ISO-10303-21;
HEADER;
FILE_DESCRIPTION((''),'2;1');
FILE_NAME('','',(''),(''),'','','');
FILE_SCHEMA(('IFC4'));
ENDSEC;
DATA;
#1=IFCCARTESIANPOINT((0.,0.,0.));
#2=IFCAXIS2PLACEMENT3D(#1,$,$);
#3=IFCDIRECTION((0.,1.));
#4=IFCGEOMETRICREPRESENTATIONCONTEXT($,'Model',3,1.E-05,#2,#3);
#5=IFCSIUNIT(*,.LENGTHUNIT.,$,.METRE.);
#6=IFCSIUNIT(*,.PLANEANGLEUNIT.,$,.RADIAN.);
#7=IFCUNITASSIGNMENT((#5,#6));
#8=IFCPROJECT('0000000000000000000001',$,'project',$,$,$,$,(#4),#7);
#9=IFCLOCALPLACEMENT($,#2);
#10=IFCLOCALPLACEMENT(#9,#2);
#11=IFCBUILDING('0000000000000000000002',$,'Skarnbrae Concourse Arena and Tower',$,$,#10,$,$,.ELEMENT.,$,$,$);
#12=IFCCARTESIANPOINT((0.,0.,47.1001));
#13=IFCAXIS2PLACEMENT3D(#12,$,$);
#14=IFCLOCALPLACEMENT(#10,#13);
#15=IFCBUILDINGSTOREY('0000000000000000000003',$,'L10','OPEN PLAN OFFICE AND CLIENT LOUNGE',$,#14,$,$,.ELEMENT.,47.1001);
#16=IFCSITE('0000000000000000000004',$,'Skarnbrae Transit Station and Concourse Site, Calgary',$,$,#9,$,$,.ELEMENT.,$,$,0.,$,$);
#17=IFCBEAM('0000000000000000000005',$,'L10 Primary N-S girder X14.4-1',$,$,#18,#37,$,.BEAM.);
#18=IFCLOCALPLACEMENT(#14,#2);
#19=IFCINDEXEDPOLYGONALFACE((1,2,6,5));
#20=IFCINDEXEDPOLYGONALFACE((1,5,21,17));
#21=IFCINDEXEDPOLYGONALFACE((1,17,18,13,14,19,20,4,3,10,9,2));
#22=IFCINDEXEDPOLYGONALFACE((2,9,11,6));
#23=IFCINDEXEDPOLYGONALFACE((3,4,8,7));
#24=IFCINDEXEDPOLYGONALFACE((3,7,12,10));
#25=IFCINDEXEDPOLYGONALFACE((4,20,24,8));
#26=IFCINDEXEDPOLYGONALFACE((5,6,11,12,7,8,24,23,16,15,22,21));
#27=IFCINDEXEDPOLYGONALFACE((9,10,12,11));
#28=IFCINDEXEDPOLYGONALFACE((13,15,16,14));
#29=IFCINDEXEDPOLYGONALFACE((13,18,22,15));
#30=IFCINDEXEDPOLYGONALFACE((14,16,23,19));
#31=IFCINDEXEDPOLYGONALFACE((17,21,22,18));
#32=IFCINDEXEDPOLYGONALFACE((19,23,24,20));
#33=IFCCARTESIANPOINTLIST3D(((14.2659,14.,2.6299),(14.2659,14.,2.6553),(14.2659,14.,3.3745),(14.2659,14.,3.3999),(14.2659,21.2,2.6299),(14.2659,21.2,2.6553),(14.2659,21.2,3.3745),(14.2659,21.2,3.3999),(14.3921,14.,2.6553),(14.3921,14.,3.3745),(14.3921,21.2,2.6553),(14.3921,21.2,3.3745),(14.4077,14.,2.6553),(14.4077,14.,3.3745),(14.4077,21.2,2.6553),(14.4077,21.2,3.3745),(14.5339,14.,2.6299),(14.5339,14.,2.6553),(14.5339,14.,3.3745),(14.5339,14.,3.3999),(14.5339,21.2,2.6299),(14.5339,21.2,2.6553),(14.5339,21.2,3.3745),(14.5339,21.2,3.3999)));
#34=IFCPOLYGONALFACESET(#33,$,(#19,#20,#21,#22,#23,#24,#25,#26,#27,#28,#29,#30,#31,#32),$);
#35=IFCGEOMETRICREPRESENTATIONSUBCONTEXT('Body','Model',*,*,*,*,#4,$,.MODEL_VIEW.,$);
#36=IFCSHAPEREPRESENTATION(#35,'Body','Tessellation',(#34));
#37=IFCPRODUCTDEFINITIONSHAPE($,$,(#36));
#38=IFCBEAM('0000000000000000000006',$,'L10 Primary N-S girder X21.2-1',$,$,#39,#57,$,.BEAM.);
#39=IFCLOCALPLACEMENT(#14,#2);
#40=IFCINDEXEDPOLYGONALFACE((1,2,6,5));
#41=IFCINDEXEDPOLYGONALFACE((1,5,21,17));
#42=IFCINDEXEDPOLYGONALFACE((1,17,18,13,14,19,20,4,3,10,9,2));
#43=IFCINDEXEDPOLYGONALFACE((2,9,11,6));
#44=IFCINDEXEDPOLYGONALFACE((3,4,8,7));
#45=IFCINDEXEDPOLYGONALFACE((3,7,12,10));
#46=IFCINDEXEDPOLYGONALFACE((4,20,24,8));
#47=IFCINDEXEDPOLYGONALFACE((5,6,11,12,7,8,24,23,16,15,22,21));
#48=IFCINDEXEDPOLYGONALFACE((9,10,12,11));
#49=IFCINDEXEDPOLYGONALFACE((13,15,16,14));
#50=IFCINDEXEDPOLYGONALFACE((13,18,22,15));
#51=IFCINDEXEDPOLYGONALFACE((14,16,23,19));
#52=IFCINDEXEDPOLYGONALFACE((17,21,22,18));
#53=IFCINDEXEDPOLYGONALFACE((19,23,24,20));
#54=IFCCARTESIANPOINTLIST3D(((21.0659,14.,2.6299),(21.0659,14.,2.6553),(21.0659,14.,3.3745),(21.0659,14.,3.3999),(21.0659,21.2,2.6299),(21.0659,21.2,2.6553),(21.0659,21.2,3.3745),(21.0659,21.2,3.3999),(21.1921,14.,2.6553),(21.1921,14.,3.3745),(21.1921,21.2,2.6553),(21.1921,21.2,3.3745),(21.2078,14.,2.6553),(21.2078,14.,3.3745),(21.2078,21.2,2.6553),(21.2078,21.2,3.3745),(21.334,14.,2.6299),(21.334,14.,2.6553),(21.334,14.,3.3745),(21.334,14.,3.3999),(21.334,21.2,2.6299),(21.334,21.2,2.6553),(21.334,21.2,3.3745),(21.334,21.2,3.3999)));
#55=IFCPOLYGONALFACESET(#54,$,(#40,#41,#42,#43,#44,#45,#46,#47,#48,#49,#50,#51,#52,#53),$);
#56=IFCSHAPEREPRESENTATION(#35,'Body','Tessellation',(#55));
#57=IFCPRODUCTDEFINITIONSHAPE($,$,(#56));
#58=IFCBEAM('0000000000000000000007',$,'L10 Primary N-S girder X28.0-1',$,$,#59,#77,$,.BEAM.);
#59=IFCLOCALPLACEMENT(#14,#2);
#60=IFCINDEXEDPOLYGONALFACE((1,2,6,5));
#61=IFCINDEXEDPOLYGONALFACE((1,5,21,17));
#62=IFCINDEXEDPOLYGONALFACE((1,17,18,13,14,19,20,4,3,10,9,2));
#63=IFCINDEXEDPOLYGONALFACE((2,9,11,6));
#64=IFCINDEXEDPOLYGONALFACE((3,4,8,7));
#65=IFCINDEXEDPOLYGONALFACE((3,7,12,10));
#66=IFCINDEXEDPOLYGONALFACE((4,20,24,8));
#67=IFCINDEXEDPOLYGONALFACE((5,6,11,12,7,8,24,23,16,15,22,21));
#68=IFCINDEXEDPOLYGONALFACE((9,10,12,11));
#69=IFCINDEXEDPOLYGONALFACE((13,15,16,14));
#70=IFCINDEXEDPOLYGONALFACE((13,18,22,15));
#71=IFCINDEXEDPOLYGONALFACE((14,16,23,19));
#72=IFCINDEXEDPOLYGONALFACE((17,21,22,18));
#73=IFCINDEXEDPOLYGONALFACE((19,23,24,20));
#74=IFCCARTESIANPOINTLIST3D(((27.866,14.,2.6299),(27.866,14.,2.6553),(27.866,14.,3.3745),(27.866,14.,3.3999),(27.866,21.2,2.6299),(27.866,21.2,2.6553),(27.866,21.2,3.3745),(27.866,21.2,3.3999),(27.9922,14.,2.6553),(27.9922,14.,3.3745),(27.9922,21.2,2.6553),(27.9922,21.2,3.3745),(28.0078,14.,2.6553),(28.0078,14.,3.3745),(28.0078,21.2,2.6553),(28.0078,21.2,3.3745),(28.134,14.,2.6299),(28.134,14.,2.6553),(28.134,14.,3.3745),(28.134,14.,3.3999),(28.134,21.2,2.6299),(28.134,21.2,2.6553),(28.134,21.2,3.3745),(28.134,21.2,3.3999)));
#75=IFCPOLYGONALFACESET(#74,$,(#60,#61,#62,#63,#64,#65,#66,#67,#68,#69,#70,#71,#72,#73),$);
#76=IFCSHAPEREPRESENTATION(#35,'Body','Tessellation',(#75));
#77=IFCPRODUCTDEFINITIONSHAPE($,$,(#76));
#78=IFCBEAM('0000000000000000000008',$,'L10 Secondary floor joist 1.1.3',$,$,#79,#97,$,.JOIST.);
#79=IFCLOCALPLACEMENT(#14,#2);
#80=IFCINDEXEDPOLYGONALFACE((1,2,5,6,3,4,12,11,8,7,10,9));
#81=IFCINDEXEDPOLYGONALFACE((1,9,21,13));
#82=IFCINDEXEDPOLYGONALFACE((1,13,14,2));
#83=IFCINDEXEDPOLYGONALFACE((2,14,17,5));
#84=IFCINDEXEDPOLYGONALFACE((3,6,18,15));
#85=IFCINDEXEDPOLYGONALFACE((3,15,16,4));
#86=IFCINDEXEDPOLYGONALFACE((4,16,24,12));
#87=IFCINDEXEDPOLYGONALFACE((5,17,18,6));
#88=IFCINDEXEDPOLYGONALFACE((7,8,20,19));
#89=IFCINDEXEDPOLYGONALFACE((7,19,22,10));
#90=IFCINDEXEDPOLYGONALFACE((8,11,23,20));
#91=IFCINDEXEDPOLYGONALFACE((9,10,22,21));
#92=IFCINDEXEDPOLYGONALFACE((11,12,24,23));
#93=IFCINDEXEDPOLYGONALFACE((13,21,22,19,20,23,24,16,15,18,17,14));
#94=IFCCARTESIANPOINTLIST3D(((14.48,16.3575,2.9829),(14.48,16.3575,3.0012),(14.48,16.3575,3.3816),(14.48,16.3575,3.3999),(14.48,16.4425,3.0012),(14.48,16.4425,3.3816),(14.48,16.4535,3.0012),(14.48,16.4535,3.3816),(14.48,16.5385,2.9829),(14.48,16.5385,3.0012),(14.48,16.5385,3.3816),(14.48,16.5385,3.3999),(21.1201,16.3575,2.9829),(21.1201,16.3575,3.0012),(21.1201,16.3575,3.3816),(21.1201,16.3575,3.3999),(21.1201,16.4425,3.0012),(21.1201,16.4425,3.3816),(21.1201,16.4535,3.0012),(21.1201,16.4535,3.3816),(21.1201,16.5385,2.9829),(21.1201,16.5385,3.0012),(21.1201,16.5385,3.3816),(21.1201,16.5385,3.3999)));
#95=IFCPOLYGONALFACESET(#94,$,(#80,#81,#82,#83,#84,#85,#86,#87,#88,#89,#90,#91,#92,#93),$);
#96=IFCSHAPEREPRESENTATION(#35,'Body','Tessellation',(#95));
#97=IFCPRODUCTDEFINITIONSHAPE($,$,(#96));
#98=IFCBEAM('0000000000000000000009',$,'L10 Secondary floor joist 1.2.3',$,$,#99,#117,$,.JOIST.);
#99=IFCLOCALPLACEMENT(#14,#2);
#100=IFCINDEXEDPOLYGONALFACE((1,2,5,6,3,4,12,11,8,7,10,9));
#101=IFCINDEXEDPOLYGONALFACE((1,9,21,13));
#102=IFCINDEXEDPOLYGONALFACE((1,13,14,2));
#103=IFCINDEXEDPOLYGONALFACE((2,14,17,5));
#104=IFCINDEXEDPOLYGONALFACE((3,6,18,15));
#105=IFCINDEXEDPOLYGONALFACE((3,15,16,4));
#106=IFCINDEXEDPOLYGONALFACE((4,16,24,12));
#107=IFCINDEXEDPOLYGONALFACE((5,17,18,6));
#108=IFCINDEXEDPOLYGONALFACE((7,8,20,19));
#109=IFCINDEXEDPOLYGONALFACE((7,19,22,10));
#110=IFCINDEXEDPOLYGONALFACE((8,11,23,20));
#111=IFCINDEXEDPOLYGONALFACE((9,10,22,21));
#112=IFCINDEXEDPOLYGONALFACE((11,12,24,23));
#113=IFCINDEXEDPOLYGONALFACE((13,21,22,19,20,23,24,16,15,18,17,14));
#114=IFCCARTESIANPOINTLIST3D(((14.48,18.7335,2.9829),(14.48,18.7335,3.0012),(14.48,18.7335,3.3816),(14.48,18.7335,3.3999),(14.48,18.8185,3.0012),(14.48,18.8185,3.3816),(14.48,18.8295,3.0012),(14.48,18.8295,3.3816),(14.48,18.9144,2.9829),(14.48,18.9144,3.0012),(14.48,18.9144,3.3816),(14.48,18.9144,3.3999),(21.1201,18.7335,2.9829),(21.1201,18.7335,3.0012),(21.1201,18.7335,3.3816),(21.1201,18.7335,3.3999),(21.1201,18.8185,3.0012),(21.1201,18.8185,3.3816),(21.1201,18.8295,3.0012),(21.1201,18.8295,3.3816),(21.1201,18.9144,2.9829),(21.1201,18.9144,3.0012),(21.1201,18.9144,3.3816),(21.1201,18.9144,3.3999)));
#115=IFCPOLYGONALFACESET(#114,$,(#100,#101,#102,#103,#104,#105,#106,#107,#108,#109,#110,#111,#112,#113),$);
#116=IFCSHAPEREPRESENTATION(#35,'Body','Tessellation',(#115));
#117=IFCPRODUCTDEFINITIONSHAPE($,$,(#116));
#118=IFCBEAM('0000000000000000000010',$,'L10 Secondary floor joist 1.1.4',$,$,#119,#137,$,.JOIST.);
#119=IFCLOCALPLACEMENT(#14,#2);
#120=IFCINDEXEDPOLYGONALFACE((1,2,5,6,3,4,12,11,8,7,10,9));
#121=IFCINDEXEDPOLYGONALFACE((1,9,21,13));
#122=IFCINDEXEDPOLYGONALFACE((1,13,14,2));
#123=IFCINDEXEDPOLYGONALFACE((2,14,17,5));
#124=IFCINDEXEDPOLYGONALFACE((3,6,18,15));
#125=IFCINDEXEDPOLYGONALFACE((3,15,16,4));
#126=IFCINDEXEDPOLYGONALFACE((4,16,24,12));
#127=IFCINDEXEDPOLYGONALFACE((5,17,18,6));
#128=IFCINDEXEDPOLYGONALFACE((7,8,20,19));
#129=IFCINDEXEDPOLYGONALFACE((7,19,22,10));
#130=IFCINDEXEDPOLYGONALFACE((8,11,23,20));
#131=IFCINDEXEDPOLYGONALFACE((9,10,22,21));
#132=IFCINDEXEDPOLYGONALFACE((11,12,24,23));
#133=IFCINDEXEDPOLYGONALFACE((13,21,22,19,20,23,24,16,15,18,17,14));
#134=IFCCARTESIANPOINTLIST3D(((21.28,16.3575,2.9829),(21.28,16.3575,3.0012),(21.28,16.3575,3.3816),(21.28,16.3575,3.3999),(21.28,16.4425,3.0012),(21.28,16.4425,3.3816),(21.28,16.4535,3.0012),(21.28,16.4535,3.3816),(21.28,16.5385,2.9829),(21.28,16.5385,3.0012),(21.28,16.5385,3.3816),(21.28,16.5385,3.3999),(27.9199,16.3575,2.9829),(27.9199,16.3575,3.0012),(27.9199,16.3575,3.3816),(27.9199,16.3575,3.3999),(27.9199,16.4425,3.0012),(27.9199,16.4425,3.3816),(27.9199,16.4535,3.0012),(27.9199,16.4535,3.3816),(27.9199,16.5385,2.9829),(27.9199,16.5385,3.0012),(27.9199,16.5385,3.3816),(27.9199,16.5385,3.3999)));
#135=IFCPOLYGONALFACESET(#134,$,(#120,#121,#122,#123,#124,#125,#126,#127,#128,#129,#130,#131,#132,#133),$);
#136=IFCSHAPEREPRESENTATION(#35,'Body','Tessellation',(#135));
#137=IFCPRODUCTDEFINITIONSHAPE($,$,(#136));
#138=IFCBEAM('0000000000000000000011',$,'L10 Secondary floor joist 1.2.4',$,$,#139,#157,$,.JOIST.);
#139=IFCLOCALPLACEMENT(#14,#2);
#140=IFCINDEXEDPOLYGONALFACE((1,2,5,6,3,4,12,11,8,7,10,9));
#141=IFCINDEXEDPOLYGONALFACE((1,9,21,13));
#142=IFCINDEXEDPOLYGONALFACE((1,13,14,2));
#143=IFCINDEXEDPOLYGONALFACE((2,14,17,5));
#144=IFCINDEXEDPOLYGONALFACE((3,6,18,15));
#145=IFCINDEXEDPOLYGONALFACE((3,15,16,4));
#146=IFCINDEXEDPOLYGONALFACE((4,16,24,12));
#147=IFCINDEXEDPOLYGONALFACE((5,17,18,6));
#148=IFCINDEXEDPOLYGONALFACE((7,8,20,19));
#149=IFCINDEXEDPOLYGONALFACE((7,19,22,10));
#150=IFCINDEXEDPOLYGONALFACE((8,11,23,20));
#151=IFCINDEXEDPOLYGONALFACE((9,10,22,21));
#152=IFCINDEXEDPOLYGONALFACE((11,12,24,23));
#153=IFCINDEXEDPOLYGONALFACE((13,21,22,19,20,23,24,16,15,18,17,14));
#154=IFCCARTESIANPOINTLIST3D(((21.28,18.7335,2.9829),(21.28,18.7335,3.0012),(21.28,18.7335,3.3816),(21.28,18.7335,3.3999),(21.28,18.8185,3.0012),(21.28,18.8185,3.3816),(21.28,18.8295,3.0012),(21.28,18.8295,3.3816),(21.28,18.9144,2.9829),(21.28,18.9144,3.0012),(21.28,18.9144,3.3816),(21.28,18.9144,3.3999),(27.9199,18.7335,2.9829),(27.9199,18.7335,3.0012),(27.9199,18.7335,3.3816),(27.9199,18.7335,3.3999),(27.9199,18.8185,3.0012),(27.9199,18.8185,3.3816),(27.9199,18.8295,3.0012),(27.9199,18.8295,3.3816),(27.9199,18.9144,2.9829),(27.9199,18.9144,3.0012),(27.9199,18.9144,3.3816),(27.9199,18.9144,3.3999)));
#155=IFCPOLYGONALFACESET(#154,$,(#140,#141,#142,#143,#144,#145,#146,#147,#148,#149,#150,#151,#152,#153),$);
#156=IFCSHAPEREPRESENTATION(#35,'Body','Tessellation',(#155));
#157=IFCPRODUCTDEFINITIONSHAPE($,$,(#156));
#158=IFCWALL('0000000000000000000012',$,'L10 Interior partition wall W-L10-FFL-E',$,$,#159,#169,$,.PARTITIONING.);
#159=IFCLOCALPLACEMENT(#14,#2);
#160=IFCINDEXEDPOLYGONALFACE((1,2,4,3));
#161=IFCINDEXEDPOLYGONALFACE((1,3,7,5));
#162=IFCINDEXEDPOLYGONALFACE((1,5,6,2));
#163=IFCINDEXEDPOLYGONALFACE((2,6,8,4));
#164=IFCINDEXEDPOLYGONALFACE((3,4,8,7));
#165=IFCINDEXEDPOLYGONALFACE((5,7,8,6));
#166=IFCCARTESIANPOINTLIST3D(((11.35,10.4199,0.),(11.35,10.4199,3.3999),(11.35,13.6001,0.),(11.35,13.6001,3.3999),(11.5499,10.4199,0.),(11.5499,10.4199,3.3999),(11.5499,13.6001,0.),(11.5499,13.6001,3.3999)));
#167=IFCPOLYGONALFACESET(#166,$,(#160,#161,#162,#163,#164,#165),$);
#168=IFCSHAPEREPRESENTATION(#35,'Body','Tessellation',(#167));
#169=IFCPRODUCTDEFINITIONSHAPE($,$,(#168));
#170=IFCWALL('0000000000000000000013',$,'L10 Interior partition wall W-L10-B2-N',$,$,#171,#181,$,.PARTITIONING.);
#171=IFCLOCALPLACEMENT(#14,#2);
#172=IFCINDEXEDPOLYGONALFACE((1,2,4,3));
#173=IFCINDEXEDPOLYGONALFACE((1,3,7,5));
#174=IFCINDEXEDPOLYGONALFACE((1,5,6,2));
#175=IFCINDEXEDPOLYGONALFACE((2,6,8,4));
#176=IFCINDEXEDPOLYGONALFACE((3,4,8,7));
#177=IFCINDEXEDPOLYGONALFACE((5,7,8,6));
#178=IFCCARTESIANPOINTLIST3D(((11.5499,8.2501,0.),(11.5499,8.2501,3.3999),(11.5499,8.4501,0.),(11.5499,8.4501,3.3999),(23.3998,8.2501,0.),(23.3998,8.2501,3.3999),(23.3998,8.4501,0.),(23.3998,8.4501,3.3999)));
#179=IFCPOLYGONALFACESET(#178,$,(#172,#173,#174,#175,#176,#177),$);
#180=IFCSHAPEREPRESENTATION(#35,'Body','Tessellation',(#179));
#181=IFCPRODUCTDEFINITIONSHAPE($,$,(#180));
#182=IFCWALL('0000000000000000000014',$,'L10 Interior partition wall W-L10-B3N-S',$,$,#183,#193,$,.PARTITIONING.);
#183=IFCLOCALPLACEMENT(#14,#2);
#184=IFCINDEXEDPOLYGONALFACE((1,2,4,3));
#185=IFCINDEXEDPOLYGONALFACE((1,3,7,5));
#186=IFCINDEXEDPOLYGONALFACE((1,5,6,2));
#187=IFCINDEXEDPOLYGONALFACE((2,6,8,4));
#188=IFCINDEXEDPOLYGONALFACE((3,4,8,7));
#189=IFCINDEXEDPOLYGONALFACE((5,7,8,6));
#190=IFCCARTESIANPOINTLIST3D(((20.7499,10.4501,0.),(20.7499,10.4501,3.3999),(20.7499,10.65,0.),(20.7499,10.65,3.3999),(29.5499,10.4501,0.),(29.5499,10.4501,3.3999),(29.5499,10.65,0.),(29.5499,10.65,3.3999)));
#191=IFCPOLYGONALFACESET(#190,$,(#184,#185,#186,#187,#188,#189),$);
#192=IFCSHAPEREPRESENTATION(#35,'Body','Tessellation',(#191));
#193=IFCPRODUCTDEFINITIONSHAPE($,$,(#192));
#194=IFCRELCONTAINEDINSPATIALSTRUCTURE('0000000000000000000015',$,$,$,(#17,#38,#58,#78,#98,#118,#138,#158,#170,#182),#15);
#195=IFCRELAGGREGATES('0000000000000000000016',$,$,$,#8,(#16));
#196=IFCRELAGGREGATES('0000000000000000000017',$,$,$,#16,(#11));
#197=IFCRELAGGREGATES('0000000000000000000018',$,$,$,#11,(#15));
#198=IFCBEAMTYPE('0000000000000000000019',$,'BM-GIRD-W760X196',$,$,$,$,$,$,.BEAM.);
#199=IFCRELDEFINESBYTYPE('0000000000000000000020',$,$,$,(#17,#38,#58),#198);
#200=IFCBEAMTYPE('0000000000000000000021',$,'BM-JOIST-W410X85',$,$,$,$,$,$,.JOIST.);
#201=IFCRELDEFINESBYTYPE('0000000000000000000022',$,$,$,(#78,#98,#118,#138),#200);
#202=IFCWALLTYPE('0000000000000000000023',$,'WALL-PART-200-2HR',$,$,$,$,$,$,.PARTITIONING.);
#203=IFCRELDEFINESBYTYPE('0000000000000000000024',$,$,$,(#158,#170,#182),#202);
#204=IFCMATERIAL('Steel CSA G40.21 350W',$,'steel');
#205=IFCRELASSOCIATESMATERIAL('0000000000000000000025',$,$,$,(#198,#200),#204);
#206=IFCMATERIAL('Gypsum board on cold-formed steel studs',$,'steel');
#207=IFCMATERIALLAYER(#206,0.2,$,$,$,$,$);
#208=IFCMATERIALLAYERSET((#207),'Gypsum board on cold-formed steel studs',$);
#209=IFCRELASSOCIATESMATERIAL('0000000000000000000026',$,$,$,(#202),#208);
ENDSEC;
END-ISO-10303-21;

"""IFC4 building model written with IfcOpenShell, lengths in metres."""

from ifc_helpers import new_model, si_unit, direction, frame, frame_2d, origin, origin_2d, place, context, subcontext, project, spatial, rectangle, i_section, extrude, source, transform, mapped, material, layer, layer_set, material_profile, profile_set, type_object, element, save


model = new_model("IFC4")

# Units and contexts
model_context = context("Model", 3, precision=1e-05, world=origin(), true_north=direction((0.0, 1.0)))
body_context = subcontext(model_context, "Body", "Model", "MODEL_VIEW")
ifc_project = project(units=[si_unit("LENGTHUNIT", "METRE"), si_unit("PLANEANGLEUNIT", "RADIAN")], contexts=[model_context])

# Site, building, storey
site_placement = place(None, origin())
site = spatial("IfcSite", under=ifc_project, at=site_placement, Name="Skarnbrae Transit Station and Concourse Site, Calgary", CompositionType="ELEMENT", RefElevation=0.0)
building_placement = place(site_placement, origin())
building = spatial("IfcBuilding", under=site, at=building_placement, Name="Skarnbrae Concourse Arena and Tower", CompositionType="ELEMENT")
storey_placement = place(building_placement, frame((0.0, 0.0, 47.1001)))
storey = spatial("IfcBuildingStorey", under=building, at=storey_placement, Name="L10", Description="OPEN PLAN OFFICE AND CLIENT LOUNGE", CompositionType="ELEMENT", Elevation=47.1001)

# Shared definitions
ifc_material_1 = material(Name="Steel CSA G40.21 350W", Category="steel")

# Beams
ifc_material_profile_1 = material_profile(ifc_material_1, i_section(OverallWidth=0.2681, OverallDepth=0.77, WebThickness=0.0156, FlangeThickness=0.0254, at=origin_2d()), Name="W760X196")
ifc_profile_set_1 = profile_set([ifc_material_profile_1], Name="Steel CSA G40.21 350W")
beam_type_1 = type_object("IfcBeamType", Name="BM-GIRD-W760X196", PredefinedType="BEAM", material=ifc_profile_set_1)
shared_shape_1 = source(origin(), body_context, "Body", "SweptSolid", [
    extrude(i_section(OverallWidth=0.2681, OverallDepth=0.77, WebThickness=0.0156, FlangeThickness=0.0254, at=origin_2d()), origin(), (0.0, 0.0, 1.0), 7.2),
])
for number, where, z_axis, x_axis, name in (
    (1, (14.3999, 14.0, 3.0149), (0.0, 1.0, 0.0), (-1.0, 0.0, 0.0), "L10 Primary N-S girder X14.4-1"),
    (2, (21.2, 14.0, 3.0149), (0.0, 1.0, 0.0), (-1.0, 0.0, 0.0), "L10 Primary N-S girder X21.2-1"),
    (3, (28.0, 14.0, 3.0149), (0.0, 1.0, 0.0), (-1.0, 0.0, 0.0), "L10 Primary N-S girder X28.0-1"),
):
    element("IfcBeam", number, at=place(storey_placement, frame(where, z_axis=z_axis, x_axis=x_axis)), inside=storey, type_object=beam_type_1, Name=name, PredefinedType="BEAM", context=body_context, shape_type="MappedRepresentation", body=[
        mapped(shared_shape_1, transform((0.0, 0.0, 0.0))),
    ])
ifc_material_profile_2 = material_profile(ifc_material_1, i_section(OverallWidth=0.1809, OverallDepth=0.417, WebThickness=0.011, FlangeThickness=0.0183, at=origin_2d()), Name="W410X85")
ifc_profile_set_2 = profile_set([ifc_material_profile_2], Name="Steel CSA G40.21 350W")
beam_type_2 = type_object("IfcBeamType", Name="BM-JOIST-W410X85", PredefinedType="JOIST", material=ifc_profile_set_2)
shared_shape_2 = source(origin(), body_context, "Body", "SweptSolid", [
    extrude(i_section(OverallWidth=0.1809, OverallDepth=0.417, WebThickness=0.011, FlangeThickness=0.0183, at=origin_2d()), origin(), (0.0, 0.0, 1.0), 6.6401),
])
for number, where, z_axis, x_axis, name in (
    (4, (14.48, 16.448, 3.1914), (1.0, 0.0, 0.0), (0.0, 1.0, 0.0), "L10 Secondary floor joist 1.1.3"),
    (5, (14.48, 18.824, 3.1914), (1.0, 0.0, 0.0), (0.0, 1.0, 0.0), "L10 Secondary floor joist 1.2.3"),
):
    element("IfcBeam", number, at=place(storey_placement, frame(where, z_axis=z_axis, x_axis=x_axis)), inside=storey, type_object=beam_type_2, Name=name, PredefinedType="JOIST", context=body_context, shape_type="MappedRepresentation", body=[
        mapped(shared_shape_2, transform((0.0, 0.0, 0.0))),
    ])
shared_shape_3 = source(origin(), body_context, "Body", "SweptSolid", [
    extrude(i_section(OverallWidth=0.1809, OverallDepth=0.417, WebThickness=0.011, FlangeThickness=0.0183, at=origin_2d()), origin(), (0.0, 0.0, 1.0), 6.6399),
])
for number, where, z_axis, x_axis, name in (
    (6, (21.28, 16.448, 3.1914), (1.0, 0.0, 0.0), (0.0, 1.0, 0.0), "L10 Secondary floor joist 1.1.4"),
    (7, (21.28, 18.824, 3.1914), (1.0, 0.0, 0.0), (0.0, 1.0, 0.0), "L10 Secondary floor joist 1.2.4"),
):
    element("IfcBeam", number, at=place(storey_placement, frame(where, z_axis=z_axis, x_axis=x_axis)), inside=storey, type_object=beam_type_2, Name=name, PredefinedType="JOIST", context=body_context, shape_type="MappedRepresentation", body=[
        mapped(shared_shape_3, transform((0.0, 0.0, 0.0))),
    ])

# Wall
ifc_material_2 = material(Name="Gypsum board on cold-formed steel studs", Category="steel")
ifc_layer_1 = layer(ifc_material_2, 0.2)
ifc_layer_set_1 = layer_set([ifc_layer_1], Name="Gypsum board on cold-formed steel studs")
wall_type_1 = type_object("IfcWallType", Name="WALL-PART-200-2HR", PredefinedType="PARTITIONING", material=ifc_layer_set_1)
shared_shape_4 = source(origin(), body_context, "Body", "SweptSolid", [
    extrude(rectangle(XDim=3.1802, YDim=0.2, at=frame_2d((1.5901, 0.0))), origin(), (0.0, 0.0, 1.0), 3.3999),
])
wall_1_placement = place(storey_placement, frame((11.45, 10.4199, 0.0), z_axis=(0.0, 0.0, 1.0), x_axis=(0.0, 1.0, 0.0)))
element("IfcWall", 8, at=wall_1_placement, inside=storey, type_object=wall_type_1, Name="L10 Interior partition wall W-L10-FFL-E", PredefinedType="PARTITIONING", context=body_context, shape_type="MappedRepresentation", body=[
    mapped(shared_shape_4, transform((0.0, 0.0, 0.0))),
])

# Walls
shared_shape_5 = source(origin(), body_context, "Body", "SweptSolid", [
    extrude(rectangle(XDim=11.8499, YDim=0.2, at=frame_2d((5.9248, 0.0))), origin(), (0.0, 0.0, 1.0), 3.3999),
])
wall_2_placement = place(storey_placement, frame((11.55, 8.3501, 0.0), z_axis=(0.0, 0.0, 1.0), x_axis=(1.0, 0.0, 0.0)))
element("IfcWall", 9, at=wall_2_placement, inside=storey, type_object=wall_type_1, Name="L10 Interior partition wall W-L10-B2-N", PredefinedType="PARTITIONING", context=body_context, shape_type="MappedRepresentation", body=[
    mapped(shared_shape_5, transform((0.0, 0.0, 0.0))),
])
shared_shape_6 = source(origin(), body_context, "Body", "SweptSolid", [
    extrude(rectangle(XDim=8.8, YDim=0.2, at=frame_2d((4.3999, 0.0))), origin(), (0.0, 0.0, 1.0), 3.3999),
])
wall_3_placement = place(storey_placement, frame((20.75, 10.55, 0.0), z_axis=(0.0, 0.0, 1.0), x_axis=(1.0, 0.0, 0.0)))
element("IfcWall", 10, at=wall_3_placement, inside=storey, type_object=wall_type_1, Name="L10 Interior partition wall W-L10-B3N-S", PredefinedType="PARTITIONING", context=body_context, shape_type="MappedRepresentation", body=[
    mapped(shared_shape_6, transform((0.0, 0.0, 0.0))),
])

save(model, "model.ifc")
